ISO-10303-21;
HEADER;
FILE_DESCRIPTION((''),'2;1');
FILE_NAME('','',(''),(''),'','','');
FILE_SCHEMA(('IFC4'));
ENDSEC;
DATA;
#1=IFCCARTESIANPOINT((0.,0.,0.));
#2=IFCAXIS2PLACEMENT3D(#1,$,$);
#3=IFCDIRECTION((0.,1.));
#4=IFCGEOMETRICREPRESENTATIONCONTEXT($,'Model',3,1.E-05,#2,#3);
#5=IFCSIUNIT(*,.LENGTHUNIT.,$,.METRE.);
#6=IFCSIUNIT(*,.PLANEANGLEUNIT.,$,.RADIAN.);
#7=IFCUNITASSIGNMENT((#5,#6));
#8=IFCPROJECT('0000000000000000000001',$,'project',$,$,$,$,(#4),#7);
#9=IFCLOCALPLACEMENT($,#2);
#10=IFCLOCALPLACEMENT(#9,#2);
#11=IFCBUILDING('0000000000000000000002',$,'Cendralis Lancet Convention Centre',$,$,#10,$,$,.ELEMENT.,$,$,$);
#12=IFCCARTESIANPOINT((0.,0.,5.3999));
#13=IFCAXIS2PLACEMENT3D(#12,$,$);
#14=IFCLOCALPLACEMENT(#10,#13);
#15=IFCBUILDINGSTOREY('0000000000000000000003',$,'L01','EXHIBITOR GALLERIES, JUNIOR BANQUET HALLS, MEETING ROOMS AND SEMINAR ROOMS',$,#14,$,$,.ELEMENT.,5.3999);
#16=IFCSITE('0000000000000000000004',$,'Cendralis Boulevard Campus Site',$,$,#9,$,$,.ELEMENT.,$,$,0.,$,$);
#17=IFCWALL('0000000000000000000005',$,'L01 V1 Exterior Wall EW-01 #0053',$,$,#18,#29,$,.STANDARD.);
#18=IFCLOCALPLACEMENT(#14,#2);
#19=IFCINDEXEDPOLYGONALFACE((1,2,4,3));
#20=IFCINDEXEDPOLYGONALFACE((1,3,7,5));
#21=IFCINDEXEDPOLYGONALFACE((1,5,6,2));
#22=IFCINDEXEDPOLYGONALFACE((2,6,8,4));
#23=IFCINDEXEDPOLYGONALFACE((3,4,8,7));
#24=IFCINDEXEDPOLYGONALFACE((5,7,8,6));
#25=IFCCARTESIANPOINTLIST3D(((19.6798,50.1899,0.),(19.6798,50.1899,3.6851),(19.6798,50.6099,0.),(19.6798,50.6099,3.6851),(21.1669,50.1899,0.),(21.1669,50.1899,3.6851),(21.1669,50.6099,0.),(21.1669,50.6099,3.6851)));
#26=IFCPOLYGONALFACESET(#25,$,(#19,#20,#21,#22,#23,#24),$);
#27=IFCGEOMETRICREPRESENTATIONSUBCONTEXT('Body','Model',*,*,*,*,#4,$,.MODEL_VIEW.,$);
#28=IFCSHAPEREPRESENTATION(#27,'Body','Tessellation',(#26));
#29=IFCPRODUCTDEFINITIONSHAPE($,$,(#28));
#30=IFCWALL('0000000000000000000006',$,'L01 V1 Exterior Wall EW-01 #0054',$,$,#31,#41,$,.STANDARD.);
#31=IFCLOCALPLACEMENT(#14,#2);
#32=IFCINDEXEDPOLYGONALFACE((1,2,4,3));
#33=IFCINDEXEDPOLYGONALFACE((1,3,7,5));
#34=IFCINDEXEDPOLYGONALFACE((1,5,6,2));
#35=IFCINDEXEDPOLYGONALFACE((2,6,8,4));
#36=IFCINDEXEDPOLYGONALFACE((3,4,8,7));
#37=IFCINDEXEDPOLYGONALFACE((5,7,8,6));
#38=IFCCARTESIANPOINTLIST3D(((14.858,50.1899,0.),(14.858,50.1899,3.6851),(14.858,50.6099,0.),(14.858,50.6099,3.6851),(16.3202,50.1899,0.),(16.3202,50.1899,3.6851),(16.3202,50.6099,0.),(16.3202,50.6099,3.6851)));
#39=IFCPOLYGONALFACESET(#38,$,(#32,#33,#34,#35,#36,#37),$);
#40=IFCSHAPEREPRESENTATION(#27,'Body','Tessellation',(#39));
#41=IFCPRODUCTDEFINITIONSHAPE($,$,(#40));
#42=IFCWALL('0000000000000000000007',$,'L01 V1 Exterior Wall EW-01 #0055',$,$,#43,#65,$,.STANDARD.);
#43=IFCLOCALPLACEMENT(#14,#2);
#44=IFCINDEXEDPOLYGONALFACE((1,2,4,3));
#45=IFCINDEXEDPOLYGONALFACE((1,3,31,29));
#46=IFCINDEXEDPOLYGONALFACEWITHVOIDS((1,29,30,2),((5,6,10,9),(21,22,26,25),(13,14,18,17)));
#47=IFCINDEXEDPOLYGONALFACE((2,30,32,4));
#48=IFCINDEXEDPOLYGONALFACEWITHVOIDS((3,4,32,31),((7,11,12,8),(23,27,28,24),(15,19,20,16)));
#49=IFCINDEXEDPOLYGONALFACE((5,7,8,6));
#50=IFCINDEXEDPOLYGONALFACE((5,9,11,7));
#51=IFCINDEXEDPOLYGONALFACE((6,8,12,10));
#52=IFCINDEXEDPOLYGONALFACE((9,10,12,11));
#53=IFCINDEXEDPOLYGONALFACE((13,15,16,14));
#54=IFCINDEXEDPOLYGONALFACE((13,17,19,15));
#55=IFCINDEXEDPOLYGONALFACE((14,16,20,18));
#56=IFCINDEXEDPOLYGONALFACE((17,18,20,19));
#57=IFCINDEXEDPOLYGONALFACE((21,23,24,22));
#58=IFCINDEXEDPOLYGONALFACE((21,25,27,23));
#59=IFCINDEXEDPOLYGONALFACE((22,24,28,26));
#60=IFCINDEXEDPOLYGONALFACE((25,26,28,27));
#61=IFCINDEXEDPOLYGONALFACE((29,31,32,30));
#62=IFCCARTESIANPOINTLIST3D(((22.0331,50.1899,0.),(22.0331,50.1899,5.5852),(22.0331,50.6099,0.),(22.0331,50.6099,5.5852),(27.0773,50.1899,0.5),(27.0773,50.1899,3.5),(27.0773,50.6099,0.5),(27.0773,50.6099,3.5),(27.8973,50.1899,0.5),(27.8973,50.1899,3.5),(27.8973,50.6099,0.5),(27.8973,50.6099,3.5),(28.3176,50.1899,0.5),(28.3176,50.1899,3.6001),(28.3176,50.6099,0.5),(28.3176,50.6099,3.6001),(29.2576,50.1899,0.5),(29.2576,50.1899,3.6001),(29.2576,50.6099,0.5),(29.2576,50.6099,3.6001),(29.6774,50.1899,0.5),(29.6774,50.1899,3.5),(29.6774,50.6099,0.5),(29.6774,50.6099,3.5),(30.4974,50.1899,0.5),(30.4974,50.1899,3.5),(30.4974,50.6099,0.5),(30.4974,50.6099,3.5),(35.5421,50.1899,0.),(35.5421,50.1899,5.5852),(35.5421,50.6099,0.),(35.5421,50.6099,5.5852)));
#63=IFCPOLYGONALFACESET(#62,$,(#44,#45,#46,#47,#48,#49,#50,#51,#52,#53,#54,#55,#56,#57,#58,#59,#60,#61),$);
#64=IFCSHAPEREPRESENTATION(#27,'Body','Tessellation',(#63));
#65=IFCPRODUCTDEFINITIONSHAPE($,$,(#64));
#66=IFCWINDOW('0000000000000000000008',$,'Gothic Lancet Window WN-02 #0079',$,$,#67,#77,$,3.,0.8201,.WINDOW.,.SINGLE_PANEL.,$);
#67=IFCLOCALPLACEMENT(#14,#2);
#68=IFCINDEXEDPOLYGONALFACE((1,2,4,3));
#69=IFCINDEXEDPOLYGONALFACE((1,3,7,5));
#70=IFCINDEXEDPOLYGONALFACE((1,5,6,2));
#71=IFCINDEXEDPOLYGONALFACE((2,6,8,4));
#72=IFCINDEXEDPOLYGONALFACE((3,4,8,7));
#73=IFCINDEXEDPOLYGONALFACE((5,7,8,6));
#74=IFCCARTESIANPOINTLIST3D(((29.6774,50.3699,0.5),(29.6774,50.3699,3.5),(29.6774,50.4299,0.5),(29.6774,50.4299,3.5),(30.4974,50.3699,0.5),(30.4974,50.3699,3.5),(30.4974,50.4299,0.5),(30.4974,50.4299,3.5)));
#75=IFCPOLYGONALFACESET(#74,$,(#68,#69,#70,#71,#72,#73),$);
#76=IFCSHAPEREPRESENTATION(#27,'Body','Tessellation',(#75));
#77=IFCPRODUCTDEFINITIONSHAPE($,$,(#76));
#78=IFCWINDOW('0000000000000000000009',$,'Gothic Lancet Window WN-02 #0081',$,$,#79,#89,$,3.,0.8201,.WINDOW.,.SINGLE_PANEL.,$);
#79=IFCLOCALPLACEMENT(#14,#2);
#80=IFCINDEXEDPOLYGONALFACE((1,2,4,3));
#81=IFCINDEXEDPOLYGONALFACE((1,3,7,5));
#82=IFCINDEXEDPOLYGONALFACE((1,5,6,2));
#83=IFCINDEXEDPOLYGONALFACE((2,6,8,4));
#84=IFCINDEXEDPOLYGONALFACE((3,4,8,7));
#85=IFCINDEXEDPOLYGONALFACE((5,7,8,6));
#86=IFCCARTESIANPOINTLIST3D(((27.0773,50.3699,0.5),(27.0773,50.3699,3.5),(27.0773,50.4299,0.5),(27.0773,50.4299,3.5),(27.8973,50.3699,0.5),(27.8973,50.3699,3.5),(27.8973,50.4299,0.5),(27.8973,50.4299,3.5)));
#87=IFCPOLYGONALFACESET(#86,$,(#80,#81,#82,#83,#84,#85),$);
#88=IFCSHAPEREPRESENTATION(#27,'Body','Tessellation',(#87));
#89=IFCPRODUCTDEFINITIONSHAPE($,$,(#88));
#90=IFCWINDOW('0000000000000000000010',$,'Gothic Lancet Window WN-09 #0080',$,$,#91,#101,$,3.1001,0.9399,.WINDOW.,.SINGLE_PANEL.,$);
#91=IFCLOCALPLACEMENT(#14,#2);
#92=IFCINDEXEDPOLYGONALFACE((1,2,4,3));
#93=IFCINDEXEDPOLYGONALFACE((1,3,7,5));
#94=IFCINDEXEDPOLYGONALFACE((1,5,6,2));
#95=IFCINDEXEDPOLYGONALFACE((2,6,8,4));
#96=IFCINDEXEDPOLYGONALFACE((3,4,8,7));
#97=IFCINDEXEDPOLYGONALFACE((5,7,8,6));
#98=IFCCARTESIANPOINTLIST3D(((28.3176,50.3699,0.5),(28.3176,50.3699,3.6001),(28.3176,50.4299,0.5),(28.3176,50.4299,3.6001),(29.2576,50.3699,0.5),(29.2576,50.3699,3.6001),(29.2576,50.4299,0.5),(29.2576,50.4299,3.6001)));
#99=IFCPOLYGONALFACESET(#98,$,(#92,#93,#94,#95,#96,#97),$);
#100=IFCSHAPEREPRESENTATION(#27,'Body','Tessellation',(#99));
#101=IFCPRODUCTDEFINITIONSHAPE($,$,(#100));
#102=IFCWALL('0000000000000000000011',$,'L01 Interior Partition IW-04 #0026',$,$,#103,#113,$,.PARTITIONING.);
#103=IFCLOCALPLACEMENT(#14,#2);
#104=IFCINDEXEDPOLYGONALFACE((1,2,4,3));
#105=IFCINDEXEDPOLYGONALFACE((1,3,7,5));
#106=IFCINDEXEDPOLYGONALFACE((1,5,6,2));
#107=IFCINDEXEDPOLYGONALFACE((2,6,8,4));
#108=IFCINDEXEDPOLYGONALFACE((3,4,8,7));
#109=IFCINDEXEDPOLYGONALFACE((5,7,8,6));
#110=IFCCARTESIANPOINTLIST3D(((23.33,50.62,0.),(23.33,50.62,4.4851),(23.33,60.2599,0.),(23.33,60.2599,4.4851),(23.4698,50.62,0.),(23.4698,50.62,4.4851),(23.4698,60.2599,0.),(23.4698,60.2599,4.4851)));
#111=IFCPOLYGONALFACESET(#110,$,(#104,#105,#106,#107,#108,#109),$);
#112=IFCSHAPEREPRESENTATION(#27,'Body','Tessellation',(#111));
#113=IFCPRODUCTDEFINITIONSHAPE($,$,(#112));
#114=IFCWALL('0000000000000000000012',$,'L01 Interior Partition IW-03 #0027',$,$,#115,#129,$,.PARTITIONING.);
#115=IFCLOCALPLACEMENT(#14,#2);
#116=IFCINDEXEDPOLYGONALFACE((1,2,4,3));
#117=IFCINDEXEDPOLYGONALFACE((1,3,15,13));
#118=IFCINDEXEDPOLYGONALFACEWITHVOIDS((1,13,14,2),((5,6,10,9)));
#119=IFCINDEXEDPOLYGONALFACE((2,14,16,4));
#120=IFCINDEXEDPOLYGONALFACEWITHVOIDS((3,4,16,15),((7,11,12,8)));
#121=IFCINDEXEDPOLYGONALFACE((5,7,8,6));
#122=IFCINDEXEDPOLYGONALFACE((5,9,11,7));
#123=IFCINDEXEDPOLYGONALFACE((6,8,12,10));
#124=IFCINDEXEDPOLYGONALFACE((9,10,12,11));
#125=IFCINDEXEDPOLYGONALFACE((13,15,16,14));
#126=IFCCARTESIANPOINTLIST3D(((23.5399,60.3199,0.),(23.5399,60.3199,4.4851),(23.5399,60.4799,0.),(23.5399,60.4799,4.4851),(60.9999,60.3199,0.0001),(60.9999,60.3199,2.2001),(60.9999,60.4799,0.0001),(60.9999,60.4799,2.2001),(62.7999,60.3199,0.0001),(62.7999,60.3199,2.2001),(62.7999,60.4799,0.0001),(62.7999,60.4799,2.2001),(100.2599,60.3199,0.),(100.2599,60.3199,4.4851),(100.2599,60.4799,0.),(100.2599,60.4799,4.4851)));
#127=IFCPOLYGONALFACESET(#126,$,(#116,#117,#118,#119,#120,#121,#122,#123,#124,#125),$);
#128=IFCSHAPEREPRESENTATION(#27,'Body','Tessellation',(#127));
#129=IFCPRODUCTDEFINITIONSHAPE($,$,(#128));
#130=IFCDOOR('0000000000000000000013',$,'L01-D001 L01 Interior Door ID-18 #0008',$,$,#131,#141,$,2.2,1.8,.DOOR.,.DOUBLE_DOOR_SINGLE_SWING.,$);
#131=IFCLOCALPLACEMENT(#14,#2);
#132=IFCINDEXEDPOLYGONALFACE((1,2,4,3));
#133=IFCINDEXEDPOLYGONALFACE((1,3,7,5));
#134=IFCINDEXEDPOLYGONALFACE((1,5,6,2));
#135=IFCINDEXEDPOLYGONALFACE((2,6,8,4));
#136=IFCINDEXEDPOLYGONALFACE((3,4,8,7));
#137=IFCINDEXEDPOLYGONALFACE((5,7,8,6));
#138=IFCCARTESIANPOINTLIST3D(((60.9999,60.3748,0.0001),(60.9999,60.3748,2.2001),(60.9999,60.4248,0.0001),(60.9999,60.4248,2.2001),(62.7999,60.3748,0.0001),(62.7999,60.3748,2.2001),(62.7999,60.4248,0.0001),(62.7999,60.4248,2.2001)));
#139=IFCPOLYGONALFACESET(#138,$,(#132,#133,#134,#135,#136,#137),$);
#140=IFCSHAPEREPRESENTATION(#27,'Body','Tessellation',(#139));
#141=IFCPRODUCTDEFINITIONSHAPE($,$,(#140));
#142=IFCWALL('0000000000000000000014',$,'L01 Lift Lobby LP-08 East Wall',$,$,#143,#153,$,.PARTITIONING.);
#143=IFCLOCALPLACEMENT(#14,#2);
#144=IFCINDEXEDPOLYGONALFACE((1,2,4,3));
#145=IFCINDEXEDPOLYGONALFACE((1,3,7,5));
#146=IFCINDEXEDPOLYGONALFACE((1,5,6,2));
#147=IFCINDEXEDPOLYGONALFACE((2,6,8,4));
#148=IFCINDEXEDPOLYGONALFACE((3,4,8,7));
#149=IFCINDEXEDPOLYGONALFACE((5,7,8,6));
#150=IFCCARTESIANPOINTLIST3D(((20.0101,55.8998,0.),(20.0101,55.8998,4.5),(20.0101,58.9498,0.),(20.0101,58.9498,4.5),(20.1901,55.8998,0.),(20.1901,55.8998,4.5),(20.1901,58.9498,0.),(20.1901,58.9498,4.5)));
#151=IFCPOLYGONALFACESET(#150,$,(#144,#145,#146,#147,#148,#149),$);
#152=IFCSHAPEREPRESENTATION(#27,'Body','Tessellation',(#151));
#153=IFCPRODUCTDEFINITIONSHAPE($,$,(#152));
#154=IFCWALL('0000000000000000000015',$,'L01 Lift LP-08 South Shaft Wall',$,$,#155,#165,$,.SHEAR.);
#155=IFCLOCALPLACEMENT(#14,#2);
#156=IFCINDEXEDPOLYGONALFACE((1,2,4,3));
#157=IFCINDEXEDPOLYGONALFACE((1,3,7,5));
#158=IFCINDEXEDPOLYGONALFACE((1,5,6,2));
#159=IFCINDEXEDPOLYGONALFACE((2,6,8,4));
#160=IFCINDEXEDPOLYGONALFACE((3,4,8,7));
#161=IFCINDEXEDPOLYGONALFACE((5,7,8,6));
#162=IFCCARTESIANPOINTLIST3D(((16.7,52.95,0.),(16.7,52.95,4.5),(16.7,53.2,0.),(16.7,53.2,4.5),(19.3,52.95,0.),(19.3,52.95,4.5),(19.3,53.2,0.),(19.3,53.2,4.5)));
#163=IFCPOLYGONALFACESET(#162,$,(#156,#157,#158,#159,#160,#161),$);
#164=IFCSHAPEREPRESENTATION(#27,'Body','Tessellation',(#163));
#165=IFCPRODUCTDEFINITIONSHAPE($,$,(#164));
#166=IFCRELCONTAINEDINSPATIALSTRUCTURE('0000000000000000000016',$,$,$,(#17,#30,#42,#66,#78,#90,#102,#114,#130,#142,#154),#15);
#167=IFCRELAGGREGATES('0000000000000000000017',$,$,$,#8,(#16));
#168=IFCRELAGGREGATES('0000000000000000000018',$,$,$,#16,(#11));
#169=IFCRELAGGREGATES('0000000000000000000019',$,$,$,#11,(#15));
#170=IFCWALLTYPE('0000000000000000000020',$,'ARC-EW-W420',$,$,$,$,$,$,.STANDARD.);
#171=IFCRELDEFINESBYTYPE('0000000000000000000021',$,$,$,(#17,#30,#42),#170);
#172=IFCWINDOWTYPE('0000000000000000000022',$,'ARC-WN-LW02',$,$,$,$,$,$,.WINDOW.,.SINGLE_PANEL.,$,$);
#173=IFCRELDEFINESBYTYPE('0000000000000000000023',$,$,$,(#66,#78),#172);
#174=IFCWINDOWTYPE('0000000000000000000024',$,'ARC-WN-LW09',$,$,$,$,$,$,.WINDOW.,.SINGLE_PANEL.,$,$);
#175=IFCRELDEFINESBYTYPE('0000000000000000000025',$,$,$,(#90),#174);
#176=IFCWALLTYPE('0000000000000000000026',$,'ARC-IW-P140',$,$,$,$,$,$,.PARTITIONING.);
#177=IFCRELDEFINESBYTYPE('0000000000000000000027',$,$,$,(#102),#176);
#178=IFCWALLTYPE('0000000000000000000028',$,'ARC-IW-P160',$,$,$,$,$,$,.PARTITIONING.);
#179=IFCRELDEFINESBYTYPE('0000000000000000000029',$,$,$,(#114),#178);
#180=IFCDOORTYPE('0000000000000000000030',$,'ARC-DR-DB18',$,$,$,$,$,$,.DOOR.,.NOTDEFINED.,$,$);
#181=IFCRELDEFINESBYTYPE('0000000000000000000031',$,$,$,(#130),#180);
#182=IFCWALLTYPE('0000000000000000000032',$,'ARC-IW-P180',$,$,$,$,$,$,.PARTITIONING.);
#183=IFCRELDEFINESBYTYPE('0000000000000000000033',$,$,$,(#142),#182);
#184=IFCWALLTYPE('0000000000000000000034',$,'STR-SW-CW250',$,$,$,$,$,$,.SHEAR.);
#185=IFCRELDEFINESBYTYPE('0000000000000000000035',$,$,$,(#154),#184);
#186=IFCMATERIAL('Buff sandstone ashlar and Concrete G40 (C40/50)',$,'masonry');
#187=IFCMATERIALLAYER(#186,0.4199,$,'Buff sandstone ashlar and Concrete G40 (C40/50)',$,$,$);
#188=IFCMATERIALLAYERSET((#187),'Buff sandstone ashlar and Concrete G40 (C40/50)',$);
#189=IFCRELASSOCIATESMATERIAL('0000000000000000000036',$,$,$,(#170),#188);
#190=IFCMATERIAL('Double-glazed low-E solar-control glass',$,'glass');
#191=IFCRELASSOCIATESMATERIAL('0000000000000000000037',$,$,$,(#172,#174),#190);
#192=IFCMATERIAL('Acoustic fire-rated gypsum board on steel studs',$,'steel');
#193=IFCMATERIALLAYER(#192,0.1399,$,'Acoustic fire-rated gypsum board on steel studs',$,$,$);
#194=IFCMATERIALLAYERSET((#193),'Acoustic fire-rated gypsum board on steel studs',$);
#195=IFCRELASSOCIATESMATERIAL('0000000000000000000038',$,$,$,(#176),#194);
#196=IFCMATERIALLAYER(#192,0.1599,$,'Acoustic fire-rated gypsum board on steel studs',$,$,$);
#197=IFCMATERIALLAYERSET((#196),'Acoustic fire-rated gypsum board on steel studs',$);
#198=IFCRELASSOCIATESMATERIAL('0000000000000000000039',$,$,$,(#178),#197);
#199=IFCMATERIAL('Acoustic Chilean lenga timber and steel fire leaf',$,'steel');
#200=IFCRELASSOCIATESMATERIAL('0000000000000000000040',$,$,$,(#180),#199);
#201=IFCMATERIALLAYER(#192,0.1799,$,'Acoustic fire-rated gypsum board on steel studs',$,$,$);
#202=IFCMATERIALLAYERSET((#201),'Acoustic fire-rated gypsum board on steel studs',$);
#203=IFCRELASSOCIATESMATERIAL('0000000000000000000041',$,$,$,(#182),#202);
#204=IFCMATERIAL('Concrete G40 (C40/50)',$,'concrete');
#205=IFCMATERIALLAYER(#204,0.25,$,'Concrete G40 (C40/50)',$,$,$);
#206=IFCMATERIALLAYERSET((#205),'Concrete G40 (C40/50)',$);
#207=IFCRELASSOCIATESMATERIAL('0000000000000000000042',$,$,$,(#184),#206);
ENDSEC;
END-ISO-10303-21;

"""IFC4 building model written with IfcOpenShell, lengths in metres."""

from ifc_helpers import new_model, si_unit, direction, frame, frame_2d, origin, place, context, subcontext, project, spatial, rectangle, extrude, material, layer, layer_set, type_object, element, fill, save


model = new_model("IFC4")

# Units and contexts
model_context = context("Model", 3, precision=1e-05, world=origin(), true_north=direction((0.0, 1.0)))
body_context = subcontext(model_context, "Body", "Model", "MODEL_VIEW")
ifc_project = project(units=[si_unit("LENGTHUNIT", "METRE"), si_unit("PLANEANGLEUNIT", "RADIAN")], contexts=[model_context])

# Site, building, storey
site_placement = place(None, origin())
site = spatial("IfcSite", under=ifc_project, at=site_placement, Name="Cendralis Boulevard Campus Site", CompositionType="ELEMENT", RefElevation=0.0)
building_placement = place(site_placement, origin())
building = spatial("IfcBuilding", under=site, at=building_placement, Name="Cendralis Lancet Convention Centre", CompositionType="ELEMENT")
storey_placement = place(building_placement, frame((0.0, 0.0, 5.3999)))
storey = spatial("IfcBuildingStorey", under=building, at=storey_placement, Name="L01", Description="EXHIBITOR GALLERIES, JUNIOR BANQUET HALLS, MEETING ROOMS AND SEMINAR ROOMS", CompositionType="ELEMENT", Elevation=5.3999)

# Shared definitions
ifc_material_1 = material(Name="Concrete G40 (C40/50)", Category="concrete")

# Walls
ifc_material_2 = material(Name="Buff sandstone ashlar and Concrete G40 (C40/50)", Category="masonry")
ifc_layer_1 = layer(ifc_material_2, 0.4199, Name="Buff sandstone ashlar and Concrete G40 (C40/50)")
ifc_layer_set_1 = layer_set([ifc_layer_1], Name="Buff sandstone ashlar and Concrete G40 (C40/50)")
wall_type_1 = type_object("IfcWallType", Name="ARC-EW-W420", PredefinedType="STANDARD", material=ifc_layer_set_1)
wall_1_placement = place(storey_placement, frame((21.167, 50.3999, 0.0), z_axis=(0.0, 0.0, 1.0), x_axis=(-1.0, 0.0, 0.0)))
element("IfcWall", 1, at=wall_1_placement, inside=storey, type_object=wall_type_1, Name="L01 V1 Exterior Wall EW-01 #0053", PredefinedType="STANDARD", context=body_context, shape_type="SweptSolid", body=[
    extrude(rectangle(XDim=1.4871, YDim=0.4199, at=frame_2d((0.7437, 0.0))), origin(), (0.0, 0.0, 1.0), 3.6851),
])
wall_2_placement = place(storey_placement, frame((16.3201, 50.3999, 0.0), z_axis=(0.0, 0.0, 1.0), x_axis=(-1.0, 0.0, 0.0)))
element("IfcWall", 2, at=wall_2_placement, inside=storey, type_object=wall_type_1, Name="L01 V1 Exterior Wall EW-01 #0054", PredefinedType="STANDARD", context=body_context, shape_type="SweptSolid", body=[
    extrude(rectangle(XDim=1.4622, YDim=0.4199, at=frame_2d((0.731, 0.0))), origin(), (0.0, 0.0, 1.0), 3.6851),
])

# Wall, openings, windows
wall_3_placement = place(storey_placement, frame((35.542, 50.3999, 0.0), z_axis=(0.0, 0.0, 1.0), x_axis=(-1.0, 0.0, 0.0)))
wall_3 = element("IfcWall", 3, at=wall_3_placement, inside=storey, type_object=wall_type_1, Name="L01 V1 Exterior Wall EW-01 #0055", PredefinedType="STANDARD", context=body_context, shape_type="SweptSolid", body=[
    extrude(rectangle(XDim=13.509, YDim=0.4199, at=frame_2d((6.7544, 0.0))), origin(), (0.0, 0.0, 1.0), 5.5852),
])
opening_1_placement = place(wall_3_placement, frame((5.0444, 0.0, 0.5)))
opening_1 = element("IfcOpeningElement", 4, at=opening_1_placement, cuts=wall_3, PredefinedType="OPENING", context=body_context, shape_type="SweptSolid", body=[
    extrude(rectangle(XDim=0.8201, YDim=3.0, at=frame_2d((0.4102, 1.5))), frame((0.0, 0.22, 0.0), z_axis=(0.0, -1.0, 0.0), x_axis=(1.0, 0.0, 0.0)), (0.0, 0.0, 1.0), 0.4399),
])
opening_2_placement = place(wall_3_placement, frame((6.2844, 0.0, 0.5)))
opening_2 = element("IfcOpeningElement", 5, at=opening_2_placement, cuts=wall_3, PredefinedType="OPENING", context=body_context, shape_type="SweptSolid", body=[
    extrude(rectangle(XDim=0.9399, YDim=3.1001, at=frame_2d((0.47, 1.55))), frame((0.0, 0.22, 0.0), z_axis=(0.0, -1.0, 0.0), x_axis=(1.0, 0.0, 0.0)), (0.0, 0.0, 1.0), 0.4399),
])
opening_3_placement = place(wall_3_placement, frame((7.6445, 0.0, 0.5)))
opening_3 = element("IfcOpeningElement", 6, at=opening_3_placement, cuts=wall_3, PredefinedType="OPENING", context=body_context, shape_type="SweptSolid", body=[
    extrude(rectangle(XDim=0.8201, YDim=3.0, at=frame_2d((0.4102, 1.5))), frame((0.0, 0.22, 0.0), z_axis=(0.0, -1.0, 0.0), x_axis=(1.0, 0.0, 0.0)), (0.0, 0.0, 1.0), 0.4399),
])
ifc_material_3 = material(Name="Double-glazed low-E solar-control glass", Category="glass")
window_type_1 = type_object("IfcWindowType", Name="ARC-WN-LW02", PartitioningType="SINGLE_PANEL", PredefinedType="WINDOW", material=ifc_material_3)
window_1_placement = place(opening_1_placement, origin())
window_1 = element("IfcWindow", 7, at=window_1_placement, inside=storey, type_object=window_type_1, Name="Gothic Lancet Window WN-02 #0079", OverallHeight=3.0, OverallWidth=0.8201, PartitioningType="SINGLE_PANEL", PredefinedType="WINDOW", context=body_context, shape_type="SweptSolid", body=[
    extrude(rectangle(XDim=0.8201, YDim=3.0, at=frame_2d((0.4102, 1.5))), frame((0.0, 0.03, 0.0), z_axis=(0.0, -1.0, 0.0), x_axis=(1.0, 0.0, 0.0)), (0.0, 0.0, 1.0), 0.0601),
])
fill(opening_1, window_1)
window_2_placement = place(opening_3_placement, origin())
window_2 = element("IfcWindow", 8, at=window_2_placement, inside=storey, type_object=window_type_1, Name="Gothic Lancet Window WN-02 #0081", OverallHeight=3.0, OverallWidth=0.8201, PartitioningType="SINGLE_PANEL", PredefinedType="WINDOW", context=body_context, shape_type="SweptSolid", body=[
    extrude(rectangle(XDim=0.8201, YDim=3.0, at=frame_2d((0.4102, 1.5))), frame((0.0, 0.03, 0.0), z_axis=(0.0, -1.0, 0.0), x_axis=(1.0, 0.0, 0.0)), (0.0, 0.0, 1.0), 0.0601),
])
fill(opening_3, window_2)
window_type_2 = type_object("IfcWindowType", Name="ARC-WN-LW09", PartitioningType="SINGLE_PANEL", PredefinedType="WINDOW", material=ifc_material_3)
window_3_placement = place(opening_2_placement, origin())
window_3 = element("IfcWindow", 9, at=window_3_placement, inside=storey, type_object=window_type_2, Name="Gothic Lancet Window WN-09 #0080", OverallHeight=3.1001, OverallWidth=0.9399, PartitioningType="SINGLE_PANEL", PredefinedType="WINDOW", context=body_context, shape_type="SweptSolid", body=[
    extrude(rectangle(XDim=0.9399, YDim=3.1001, at=frame_2d((0.47, 1.55))), frame((0.0, 0.03, 0.0), z_axis=(0.0, -1.0, 0.0), x_axis=(1.0, 0.0, 0.0)), (0.0, 0.0, 1.0), 0.0601),
])
fill(opening_2, window_3)

# Wall
ifc_material_4 = material(Name="Acoustic fire-rated gypsum board on steel studs", Category="steel")
ifc_layer_2 = layer(ifc_material_4, 0.1399, Name="Acoustic fire-rated gypsum board on steel studs")
ifc_layer_set_2 = layer_set([ifc_layer_2], Name="Acoustic fire-rated gypsum board on steel studs")
wall_type_2 = type_object("IfcWallType", Name="ARC-IW-P140", PredefinedType="PARTITIONING", material=ifc_layer_set_2)
wall_4_placement = place(storey_placement, frame((23.3999, 50.6201, 0.0), z_axis=(0.0, 0.0, 1.0), x_axis=(0.0, 1.0, 0.0)))
element("IfcWall", 10, at=wall_4_placement, inside=storey, type_object=wall_type_2, Name="L01 Interior Partition IW-04 #0026", PredefinedType="PARTITIONING", context=body_context, shape_type="SweptSolid", body=[
    extrude(rectangle(XDim=9.6399, YDim=0.1399, at=frame_2d((4.8198, 0.0))), origin(), (0.0, 0.0, 1.0), 4.4851),
])

# Wall, opening, door
ifc_layer_3 = layer(ifc_material_4, 0.1599, Name="Acoustic fire-rated gypsum board on steel studs")
ifc_layer_set_3 = layer_set([ifc_layer_3], Name="Acoustic fire-rated gypsum board on steel studs")
wall_type_3 = type_object("IfcWallType", Name="ARC-IW-P160", PredefinedType="PARTITIONING", material=ifc_layer_set_3)
wall_5_placement = place(storey_placement, frame((23.54, 60.3999, 0.0), z_axis=(0.0, 0.0, 1.0), x_axis=(1.0, 0.0, 0.0)))
wall_5 = element("IfcWall", 11, at=wall_5_placement, inside=storey, type_object=wall_type_3, Name="L01 Interior Partition IW-03 #0027", PredefinedType="PARTITIONING", context=body_context, shape_type="SweptSolid", body=[
    extrude(rectangle(XDim=76.72, YDim=0.1599, at=frame_2d((38.3599, 0.0))), origin(), (0.0, 0.0, 1.0), 4.4851),
])
opening_4_placement = place(wall_5_placement, frame((37.46, 0.0, 0.0)))
opening_4 = element("IfcOpeningElement", 12, at=opening_4_placement, cuts=wall_5, PredefinedType="OPENING", context=body_context, shape_type="SweptSolid", body=[
    extrude(rectangle(XDim=1.8, YDim=2.2, at=frame_2d((0.8999, 1.1001))), frame((0.0, 0.0898, 0.0), z_axis=(0.0, -1.0, 0.0), x_axis=(1.0, 0.0, 0.0)), (0.0, 0.0, 1.0), 0.1799),
])
ifc_material_5 = material(Name="Acoustic Chilean lenga timber and steel fire leaf", Category="steel")
door_type_1 = type_object("IfcDoorType", Name="ARC-DR-DB18", OperationType="NOTDEFINED", PredefinedType="DOOR", material=ifc_material_5)
door_1_placement = place(opening_4_placement, origin())
door_1 = element("IfcDoor", 13, at=door_1_placement, inside=storey, type_object=door_type_1, Name="L01-D001 L01 Interior Door ID-18 #0008", OperationType="DOUBLE_DOOR_SINGLE_SWING", OverallHeight=2.2, OverallWidth=1.8, PredefinedType="DOOR", context=body_context, shape_type="SweptSolid", body=[
    extrude(rectangle(XDim=1.8, YDim=2.2, at=frame_2d((0.8999, 1.1001))), frame((0.0, 0.0249, 0.0), z_axis=(0.0, -1.0, 0.0), x_axis=(1.0, 0.0, 0.0)), (0.0, 0.0, 1.0), 0.05),
])
fill(opening_4, door_1)

# Walls
ifc_layer_4 = layer(ifc_material_4, 0.1799, Name="Acoustic fire-rated gypsum board on steel studs")
ifc_layer_set_4 = layer_set([ifc_layer_4], Name="Acoustic fire-rated gypsum board on steel studs")
wall_type_4 = type_object("IfcWallType", Name="ARC-IW-P180", PredefinedType="PARTITIONING", material=ifc_layer_set_4)
wall_6_placement = place(storey_placement, frame((20.1001, 55.8999, 0.0), z_axis=(0.0, 0.0, 1.0), x_axis=(0.0, 1.0, 0.0)))
element("IfcWall", 14, at=wall_6_placement, inside=storey, type_object=wall_type_4, Name="L01 Lift Lobby LP-08 East Wall", PredefinedType="PARTITIONING", context=body_context, shape_type="SweptSolid", body=[
    extrude(rectangle(XDim=3.05, YDim=0.1799, at=frame_2d((1.5249, 0.0))), origin(), (0.0, 0.0, 1.0), 4.5),
])
ifc_layer_5 = layer(ifc_material_1, 0.25, Name="Concrete G40 (C40/50)")
ifc_layer_set_5 = layer_set([ifc_layer_5], Name="Concrete G40 (C40/50)")
wall_type_5 = type_object("IfcWallType", Name="STR-SW-CW250", PredefinedType="SHEAR", material=ifc_layer_set_5)
wall_7_placement = place(storey_placement, frame((16.7, 53.075, 0.0), z_axis=(0.0, 0.0, 1.0), x_axis=(1.0, 0.0, 0.0)))
element("IfcWall", 15, at=wall_7_placement, inside=storey, type_object=wall_type_5, Name="L01 Lift LP-08 South Shaft Wall", PredefinedType="SHEAR", context=body_context, shape_type="SweptSolid", body=[
    extrude(rectangle(XDim=2.6001, YDim=0.25, at=frame_2d((1.3, 0.0))), origin(), (0.0, 0.0, 1.0), 4.5),
])

save(model, "model.ifc")
